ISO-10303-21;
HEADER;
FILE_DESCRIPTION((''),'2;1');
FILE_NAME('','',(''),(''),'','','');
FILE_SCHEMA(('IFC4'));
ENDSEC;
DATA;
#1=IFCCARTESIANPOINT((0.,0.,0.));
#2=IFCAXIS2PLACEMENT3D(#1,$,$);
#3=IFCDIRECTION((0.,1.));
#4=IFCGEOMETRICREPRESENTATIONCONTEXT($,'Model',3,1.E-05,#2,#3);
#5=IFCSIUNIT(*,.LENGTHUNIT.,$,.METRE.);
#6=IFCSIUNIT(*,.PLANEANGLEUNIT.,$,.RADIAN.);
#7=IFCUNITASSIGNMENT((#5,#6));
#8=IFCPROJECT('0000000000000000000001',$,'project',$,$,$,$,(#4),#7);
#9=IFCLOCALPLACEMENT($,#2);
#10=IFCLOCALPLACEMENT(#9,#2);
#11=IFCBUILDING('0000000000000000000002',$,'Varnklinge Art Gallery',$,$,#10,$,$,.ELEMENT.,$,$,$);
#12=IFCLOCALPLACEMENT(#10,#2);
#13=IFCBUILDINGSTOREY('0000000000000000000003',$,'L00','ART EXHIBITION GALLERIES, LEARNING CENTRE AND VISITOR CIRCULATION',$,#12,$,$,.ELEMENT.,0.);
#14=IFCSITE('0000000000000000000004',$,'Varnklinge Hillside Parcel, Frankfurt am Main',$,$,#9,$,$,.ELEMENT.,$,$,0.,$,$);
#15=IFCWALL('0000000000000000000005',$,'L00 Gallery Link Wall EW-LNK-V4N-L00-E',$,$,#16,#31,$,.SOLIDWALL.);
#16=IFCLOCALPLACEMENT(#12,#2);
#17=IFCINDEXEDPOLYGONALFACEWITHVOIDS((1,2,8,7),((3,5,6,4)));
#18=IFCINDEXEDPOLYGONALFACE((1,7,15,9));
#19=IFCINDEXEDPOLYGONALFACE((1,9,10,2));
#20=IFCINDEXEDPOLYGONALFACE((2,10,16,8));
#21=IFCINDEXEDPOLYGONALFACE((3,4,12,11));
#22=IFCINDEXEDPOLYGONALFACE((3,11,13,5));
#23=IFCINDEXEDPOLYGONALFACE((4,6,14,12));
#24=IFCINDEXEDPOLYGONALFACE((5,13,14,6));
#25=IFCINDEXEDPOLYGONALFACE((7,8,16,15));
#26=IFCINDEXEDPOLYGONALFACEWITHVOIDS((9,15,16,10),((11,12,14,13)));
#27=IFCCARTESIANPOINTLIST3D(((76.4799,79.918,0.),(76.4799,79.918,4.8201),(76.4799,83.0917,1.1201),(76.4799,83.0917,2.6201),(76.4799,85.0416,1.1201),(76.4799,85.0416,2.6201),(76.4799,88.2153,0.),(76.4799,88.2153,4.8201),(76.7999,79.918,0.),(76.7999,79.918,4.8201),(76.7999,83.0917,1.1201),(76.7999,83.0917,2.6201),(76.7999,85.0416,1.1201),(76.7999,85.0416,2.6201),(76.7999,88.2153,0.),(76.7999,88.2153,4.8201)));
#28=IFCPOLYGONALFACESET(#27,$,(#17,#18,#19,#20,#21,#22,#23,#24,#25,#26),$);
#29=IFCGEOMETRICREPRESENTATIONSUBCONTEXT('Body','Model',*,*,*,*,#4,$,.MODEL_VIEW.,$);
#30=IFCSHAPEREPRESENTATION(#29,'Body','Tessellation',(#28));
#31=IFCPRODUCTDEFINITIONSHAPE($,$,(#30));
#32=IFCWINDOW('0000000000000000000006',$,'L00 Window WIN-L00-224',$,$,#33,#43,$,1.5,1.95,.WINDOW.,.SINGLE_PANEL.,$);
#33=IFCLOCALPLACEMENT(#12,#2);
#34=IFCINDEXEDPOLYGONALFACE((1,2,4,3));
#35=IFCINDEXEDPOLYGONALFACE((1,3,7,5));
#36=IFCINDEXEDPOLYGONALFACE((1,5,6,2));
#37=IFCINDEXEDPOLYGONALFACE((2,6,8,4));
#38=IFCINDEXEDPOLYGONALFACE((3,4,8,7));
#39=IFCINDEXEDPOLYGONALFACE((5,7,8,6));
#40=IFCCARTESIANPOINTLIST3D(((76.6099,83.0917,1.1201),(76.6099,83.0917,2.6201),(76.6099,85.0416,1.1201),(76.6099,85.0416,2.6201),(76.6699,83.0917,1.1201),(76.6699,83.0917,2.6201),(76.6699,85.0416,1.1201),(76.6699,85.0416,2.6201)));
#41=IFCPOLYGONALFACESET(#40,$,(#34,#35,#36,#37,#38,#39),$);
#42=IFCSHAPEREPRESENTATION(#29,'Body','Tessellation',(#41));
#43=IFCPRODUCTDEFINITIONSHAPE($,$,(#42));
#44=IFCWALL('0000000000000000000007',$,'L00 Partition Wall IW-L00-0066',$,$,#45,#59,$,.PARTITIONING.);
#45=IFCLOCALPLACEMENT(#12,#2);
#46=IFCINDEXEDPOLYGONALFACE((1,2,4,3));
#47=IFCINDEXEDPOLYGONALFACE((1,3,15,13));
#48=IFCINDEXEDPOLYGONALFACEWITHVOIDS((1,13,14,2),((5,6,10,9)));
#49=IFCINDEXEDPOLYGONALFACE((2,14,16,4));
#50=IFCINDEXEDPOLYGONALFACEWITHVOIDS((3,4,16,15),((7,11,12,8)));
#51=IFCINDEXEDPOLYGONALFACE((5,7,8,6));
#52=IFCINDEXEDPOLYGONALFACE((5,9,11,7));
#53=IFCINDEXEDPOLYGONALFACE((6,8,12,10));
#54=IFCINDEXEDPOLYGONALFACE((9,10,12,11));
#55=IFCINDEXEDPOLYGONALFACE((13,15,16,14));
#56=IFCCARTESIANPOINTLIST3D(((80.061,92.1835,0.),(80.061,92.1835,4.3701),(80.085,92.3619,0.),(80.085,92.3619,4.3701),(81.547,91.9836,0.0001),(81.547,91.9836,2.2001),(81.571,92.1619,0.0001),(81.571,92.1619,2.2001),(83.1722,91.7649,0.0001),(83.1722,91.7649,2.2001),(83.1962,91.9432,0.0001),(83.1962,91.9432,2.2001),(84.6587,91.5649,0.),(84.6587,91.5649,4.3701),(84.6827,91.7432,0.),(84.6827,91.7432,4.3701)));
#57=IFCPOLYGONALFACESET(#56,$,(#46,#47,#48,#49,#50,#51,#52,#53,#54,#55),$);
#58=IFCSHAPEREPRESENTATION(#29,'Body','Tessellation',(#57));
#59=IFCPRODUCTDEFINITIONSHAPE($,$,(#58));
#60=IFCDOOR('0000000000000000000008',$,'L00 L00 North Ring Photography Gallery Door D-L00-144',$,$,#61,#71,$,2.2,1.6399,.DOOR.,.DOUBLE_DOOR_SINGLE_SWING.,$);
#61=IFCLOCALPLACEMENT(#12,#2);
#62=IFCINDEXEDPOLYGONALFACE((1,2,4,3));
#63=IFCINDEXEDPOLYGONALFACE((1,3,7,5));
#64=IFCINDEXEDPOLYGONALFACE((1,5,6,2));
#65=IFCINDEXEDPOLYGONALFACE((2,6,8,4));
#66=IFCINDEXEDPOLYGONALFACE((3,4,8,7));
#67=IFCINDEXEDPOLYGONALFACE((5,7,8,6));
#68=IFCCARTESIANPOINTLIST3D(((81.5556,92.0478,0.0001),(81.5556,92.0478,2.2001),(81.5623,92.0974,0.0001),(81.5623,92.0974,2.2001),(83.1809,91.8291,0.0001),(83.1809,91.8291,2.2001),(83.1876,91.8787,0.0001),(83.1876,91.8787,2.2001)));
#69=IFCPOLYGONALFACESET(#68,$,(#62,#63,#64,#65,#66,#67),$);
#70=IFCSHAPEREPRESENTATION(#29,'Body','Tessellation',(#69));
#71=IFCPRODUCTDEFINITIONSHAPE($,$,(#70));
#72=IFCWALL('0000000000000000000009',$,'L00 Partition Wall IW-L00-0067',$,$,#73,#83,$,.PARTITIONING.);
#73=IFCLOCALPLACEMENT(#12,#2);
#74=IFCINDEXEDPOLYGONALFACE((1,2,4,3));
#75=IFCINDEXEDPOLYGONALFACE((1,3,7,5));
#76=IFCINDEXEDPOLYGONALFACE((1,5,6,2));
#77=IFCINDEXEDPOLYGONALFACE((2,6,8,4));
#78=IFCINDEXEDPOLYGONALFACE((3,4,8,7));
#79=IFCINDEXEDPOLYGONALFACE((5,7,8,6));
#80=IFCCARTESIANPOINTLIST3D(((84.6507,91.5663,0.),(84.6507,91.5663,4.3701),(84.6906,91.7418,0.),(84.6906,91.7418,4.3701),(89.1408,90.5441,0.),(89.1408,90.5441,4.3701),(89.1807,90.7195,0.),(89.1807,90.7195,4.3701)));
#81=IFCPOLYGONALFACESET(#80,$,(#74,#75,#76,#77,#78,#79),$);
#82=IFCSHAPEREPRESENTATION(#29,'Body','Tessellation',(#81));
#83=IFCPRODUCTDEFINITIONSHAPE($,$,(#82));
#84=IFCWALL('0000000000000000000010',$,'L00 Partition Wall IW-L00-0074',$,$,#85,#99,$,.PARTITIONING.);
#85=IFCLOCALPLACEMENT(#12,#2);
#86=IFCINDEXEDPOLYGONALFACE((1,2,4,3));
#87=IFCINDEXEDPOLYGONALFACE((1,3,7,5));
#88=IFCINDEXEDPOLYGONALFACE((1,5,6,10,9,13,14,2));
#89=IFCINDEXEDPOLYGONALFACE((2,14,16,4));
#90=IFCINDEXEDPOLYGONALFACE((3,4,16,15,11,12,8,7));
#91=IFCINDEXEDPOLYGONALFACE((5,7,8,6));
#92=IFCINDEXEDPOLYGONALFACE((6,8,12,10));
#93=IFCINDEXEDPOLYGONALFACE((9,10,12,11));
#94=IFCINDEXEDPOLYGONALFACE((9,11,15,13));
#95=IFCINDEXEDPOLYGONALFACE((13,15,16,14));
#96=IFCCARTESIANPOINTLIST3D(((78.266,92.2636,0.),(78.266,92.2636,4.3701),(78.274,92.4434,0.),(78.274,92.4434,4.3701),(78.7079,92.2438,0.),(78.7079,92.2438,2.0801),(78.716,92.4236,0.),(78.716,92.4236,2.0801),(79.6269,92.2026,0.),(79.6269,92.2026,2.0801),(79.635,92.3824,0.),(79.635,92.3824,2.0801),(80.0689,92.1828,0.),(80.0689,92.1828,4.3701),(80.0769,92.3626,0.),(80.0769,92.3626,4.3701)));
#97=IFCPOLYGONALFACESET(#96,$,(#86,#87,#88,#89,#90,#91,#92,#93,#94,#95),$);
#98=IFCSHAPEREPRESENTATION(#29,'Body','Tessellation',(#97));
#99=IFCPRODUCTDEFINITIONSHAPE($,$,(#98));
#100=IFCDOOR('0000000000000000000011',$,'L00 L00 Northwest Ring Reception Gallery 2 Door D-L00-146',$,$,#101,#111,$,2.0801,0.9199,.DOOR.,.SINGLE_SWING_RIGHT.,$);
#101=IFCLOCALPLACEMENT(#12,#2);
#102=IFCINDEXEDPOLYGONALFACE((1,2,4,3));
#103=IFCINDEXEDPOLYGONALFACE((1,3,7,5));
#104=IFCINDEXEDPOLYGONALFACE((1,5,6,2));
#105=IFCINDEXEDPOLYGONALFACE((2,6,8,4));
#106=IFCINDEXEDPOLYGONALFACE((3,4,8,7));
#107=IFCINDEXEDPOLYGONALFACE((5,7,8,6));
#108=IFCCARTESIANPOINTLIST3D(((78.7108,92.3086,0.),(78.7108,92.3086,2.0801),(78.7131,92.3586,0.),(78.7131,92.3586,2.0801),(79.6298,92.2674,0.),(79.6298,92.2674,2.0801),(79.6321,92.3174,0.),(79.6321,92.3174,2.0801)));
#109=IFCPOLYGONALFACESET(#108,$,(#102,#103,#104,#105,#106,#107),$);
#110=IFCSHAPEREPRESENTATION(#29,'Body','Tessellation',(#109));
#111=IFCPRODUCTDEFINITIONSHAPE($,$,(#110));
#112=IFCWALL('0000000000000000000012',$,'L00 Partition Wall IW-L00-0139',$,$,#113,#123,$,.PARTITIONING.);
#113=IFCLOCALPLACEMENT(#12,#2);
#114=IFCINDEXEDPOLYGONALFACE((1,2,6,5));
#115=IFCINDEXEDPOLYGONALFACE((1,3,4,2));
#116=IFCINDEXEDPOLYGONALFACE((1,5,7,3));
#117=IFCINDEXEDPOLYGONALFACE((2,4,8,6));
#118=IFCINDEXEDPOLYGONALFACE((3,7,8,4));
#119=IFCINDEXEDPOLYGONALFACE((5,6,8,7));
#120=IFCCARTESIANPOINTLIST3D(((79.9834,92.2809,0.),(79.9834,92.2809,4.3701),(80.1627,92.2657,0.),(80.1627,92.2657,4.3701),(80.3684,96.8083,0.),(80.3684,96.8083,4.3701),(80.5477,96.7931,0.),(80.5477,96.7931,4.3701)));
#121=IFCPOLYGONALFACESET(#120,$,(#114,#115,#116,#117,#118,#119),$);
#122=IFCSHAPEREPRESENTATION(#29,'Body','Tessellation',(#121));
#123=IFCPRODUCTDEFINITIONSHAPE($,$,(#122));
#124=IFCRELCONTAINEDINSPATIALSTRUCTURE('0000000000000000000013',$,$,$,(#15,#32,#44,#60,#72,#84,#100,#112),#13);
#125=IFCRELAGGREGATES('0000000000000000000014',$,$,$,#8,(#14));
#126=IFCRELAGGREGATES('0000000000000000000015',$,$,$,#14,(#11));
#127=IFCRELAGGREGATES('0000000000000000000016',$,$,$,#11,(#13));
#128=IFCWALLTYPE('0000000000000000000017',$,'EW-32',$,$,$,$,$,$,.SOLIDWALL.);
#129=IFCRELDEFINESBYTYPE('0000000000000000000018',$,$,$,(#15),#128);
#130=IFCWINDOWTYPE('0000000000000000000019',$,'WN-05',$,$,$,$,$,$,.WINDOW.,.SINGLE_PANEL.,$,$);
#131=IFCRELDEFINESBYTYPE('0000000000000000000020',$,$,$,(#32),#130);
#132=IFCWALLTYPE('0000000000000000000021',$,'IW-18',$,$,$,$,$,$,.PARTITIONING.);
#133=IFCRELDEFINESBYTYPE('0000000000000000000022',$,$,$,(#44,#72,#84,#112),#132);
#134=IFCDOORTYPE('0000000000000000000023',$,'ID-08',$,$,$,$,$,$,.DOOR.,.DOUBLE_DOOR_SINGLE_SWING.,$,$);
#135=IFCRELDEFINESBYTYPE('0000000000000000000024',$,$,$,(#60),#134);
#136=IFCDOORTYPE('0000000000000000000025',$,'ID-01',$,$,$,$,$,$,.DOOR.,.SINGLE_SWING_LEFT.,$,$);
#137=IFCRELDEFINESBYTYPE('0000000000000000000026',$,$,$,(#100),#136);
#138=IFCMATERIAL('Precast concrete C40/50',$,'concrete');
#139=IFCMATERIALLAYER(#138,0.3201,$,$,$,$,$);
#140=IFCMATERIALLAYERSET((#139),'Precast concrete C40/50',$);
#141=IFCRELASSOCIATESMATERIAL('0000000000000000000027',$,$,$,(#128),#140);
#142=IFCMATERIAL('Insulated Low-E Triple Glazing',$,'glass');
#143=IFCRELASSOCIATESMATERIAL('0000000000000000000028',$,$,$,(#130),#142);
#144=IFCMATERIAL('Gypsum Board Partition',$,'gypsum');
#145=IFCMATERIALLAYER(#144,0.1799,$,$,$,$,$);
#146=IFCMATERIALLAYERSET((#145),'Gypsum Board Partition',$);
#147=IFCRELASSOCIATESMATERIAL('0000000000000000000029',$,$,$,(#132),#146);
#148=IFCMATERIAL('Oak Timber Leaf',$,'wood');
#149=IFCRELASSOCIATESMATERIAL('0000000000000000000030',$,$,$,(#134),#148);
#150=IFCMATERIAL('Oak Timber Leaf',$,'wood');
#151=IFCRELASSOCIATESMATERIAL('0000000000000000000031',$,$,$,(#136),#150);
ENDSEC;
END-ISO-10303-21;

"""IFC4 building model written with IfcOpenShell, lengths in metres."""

from ifc_helpers import new_model, si_unit, direction, frame, frame_2d, origin, place, context, subcontext, project, spatial, rectangle, extrude, material, layer, layer_set, type_object, element, fill, save


model = new_model("IFC4")

# Units and contexts
model_context = context("Model", 3, precision=1e-05, world=origin(), true_north=direction((0.0, 1.0)))
body_context = subcontext(model_context, "Body", "Model", "MODEL_VIEW")
ifc_project = project(units=[si_unit("LENGTHUNIT", "METRE"), si_unit("PLANEANGLEUNIT", "RADIAN")], contexts=[model_context])

# Site, building, storey
site_placement = place(None, origin())
site = spatial("IfcSite", under=ifc_project, at=site_placement, Name="Varnklinge Hillside Parcel, Frankfurt am Main", CompositionType="ELEMENT", RefElevation=0.0)
building_placement = place(site_placement, origin())
building = spatial("IfcBuilding", under=site, at=building_placement, Name="Varnklinge Art Gallery", CompositionType="ELEMENT")
storey_placement = place(building_placement, origin())
storey = spatial("IfcBuildingStorey", under=building, at=storey_placement, Name="L00", Description="ART EXHIBITION GALLERIES, LEARNING CENTRE AND VISITOR CIRCULATION", CompositionType="ELEMENT", Elevation=0.0)

# Shared definitions
ifc_material_1 = material(Name="Precast concrete C40/50", Category="concrete")
ifc_layer_1 = layer(ifc_material_1, 0.3201)
ifc_layer_set_1 = layer_set([ifc_layer_1], Name="Precast concrete C40/50")
wall_type_1 = type_object("IfcWallType", Name="EW-32", PredefinedType="SOLIDWALL", material=ifc_layer_set_1)

# Wall, opening, window
wall_1_placement = place(storey_placement, frame((76.6399, 88.2153, 0.0), z_axis=(0.0, 0.0, 1.0), x_axis=(0.0, -1.0, 0.0)))
wall_1 = element("IfcWall", 1, at=wall_1_placement, inside=storey, type_object=wall_type_1, Name="L00 Gallery Link Wall EW-LNK-V4N-L00-E", PredefinedType="SOLIDWALL", context=body_context, shape_type="SweptSolid", body=[
    extrude(rectangle(XDim=8.2974, YDim=0.3201, at=frame_2d((4.1487, 0.0))), origin(), (0.0, 0.0, 1.0), 4.8201),
])
opening_1_placement = place(wall_1_placement, frame((3.1736, 0.0, 1.1201)))
opening_1 = element("IfcOpeningElement", 2, at=opening_1_placement, cuts=wall_1, PredefinedType="OPENING", context=body_context, shape_type="SweptSolid", body=[
    extrude(rectangle(XDim=1.95, YDim=1.5, at=frame_2d((0.9751, 0.75))), frame((0.0, 0.1702, 0.0), z_axis=(0.0, -1.0, 0.0), x_axis=(1.0, 0.0, 0.0)), (0.0, 0.0, 1.0), 0.3401),
])
ifc_material_2 = material(Name="Insulated Low-E Triple Glazing", Category="glass")
window_type = type_object("IfcWindowType", Name="WN-05", PartitioningType="SINGLE_PANEL", PredefinedType="WINDOW", material=ifc_material_2)
window_placement = place(opening_1_placement, origin())
window = element("IfcWindow", 3, at=window_placement, inside=storey, type_object=window_type, Name="L00 Window WIN-L00-224", OverallHeight=1.5, OverallWidth=1.95, PartitioningType="SINGLE_PANEL", PredefinedType="WINDOW", context=body_context, shape_type="SweptSolid", body=[
    extrude(rectangle(XDim=1.95, YDim=1.5, at=frame_2d((0.9751, 0.75))), frame((0.0, 0.03, 0.0), z_axis=(0.0, -1.0, 0.0), x_axis=(1.0, 0.0, 0.0)), (0.0, 0.0, 1.0), 0.0601),
])
fill(opening_1, window)

# Wall, opening, door
ifc_material_3 = material(Name="Gypsum Board Partition", Category="gypsum")
ifc_layer_2 = layer(ifc_material_3, 0.1799)
ifc_layer_set_2 = layer_set([ifc_layer_2], Name="Gypsum Board Partition")
wall_type_2 = type_object("IfcWallType", Name="IW-18", PredefinedType="PARTITIONING", material=ifc_layer_set_2)
wall_2_placement = place(storey_placement, frame((80.073, 92.2727, 0.0), z_axis=(0.0, 0.0, 1.0), x_axis=(0.991068, -0.133356, 0.0)))
wall_2 = element("IfcWall", 4, at=wall_2_placement, inside=storey, type_object=wall_type_2, Name="L00 Partition Wall IW-L00-0066", PredefinedType="PARTITIONING", context=body_context, shape_type="SweptSolid", body=[
    extrude(rectangle(XDim=4.6392, YDim=0.1799, at=frame_2d((2.3196, 0.0))), origin(), (0.0, 0.0, 1.0), 4.3701),
])
opening_2_placement = place(wall_2_placement, frame((1.4995, 0.0, 0.0)))
opening_2 = element("IfcOpeningElement", 5, at=opening_2_placement, cuts=wall_2, PredefinedType="OPENING", context=body_context, shape_type="SweptSolid", body=[
    extrude(rectangle(XDim=1.6399, YDim=2.2, at=frame_2d((0.8198, 1.1001))), frame((0.0, 0.0999, 0.0), z_axis=(0.0, -1.0, 0.0), x_axis=(1.0, 0.0, 0.0)), (0.0, 0.0, 1.0), 0.2),
])
ifc_material_4 = material(Name="Oak Timber Leaf", Category="wood")
door_type_1 = type_object("IfcDoorType", Name="ID-08", OperationType="DOUBLE_DOOR_SINGLE_SWING", PredefinedType="DOOR", material=ifc_material_4)
door_1_placement = place(opening_2_placement, origin())
door_1 = element("IfcDoor", 6, at=door_1_placement, inside=storey, type_object=door_type_1, Name="L00 L00 North Ring Photography Gallery Door D-L00-144", OperationType="DOUBLE_DOOR_SINGLE_SWING", OverallHeight=2.2, OverallWidth=1.6399, PredefinedType="DOOR", context=body_context, shape_type="SweptSolid", body=[
    extrude(rectangle(XDim=1.6399, YDim=2.2, at=frame_2d((0.8198, 1.1001))), frame((0.0, 0.0249, 0.0), z_axis=(0.0, -1.0, 0.0), x_axis=(1.0, 0.0, 0.0)), (0.0, 0.0, 1.0), 0.05),
])
fill(opening_2, door_1)

# Wall
wall_3_placement = place(storey_placement, frame((84.6707, 91.6541, 0.0), z_axis=(0.0, 0.0, 1.0), x_axis=(0.97505, -0.221985, 0.0)))
element("IfcWall", 7, at=wall_3_placement, inside=storey, type_object=wall_type_2, Name="L00 Partition Wall IW-L00-0067", PredefinedType="PARTITIONING", context=body_context, shape_type="SweptSolid", body=[
    extrude(rectangle(XDim=4.605, YDim=0.1799, at=frame_2d((2.3025, 0.0))), origin(), (0.0, 0.0, 1.0), 4.3701),
])

# Wall, opening, door
wall_4_placement = place(storey_placement, frame((78.27, 92.3535, 0.0), z_axis=(0.0, 0.0, 1.0), x_axis=(0.998997, -0.044776, 0.0)))
wall_4 = element("IfcWall", 8, at=wall_4_placement, inside=storey, type_object=wall_type_2, Name="L00 Partition Wall IW-L00-0074", PredefinedType="PARTITIONING", context=body_context, shape_type="SweptSolid", body=[
    extrude(rectangle(XDim=1.8047, YDim=0.1799, at=frame_2d((0.9023, 0.0))), origin(), (0.0, 0.0, 1.0), 4.3701),
])
opening_3_placement = place(wall_4_placement, frame((0.4424, 0.0, 0.0)))
opening_3 = element("IfcOpeningElement", 9, at=opening_3_placement, cuts=wall_4, PredefinedType="OPENING", context=body_context, shape_type="SweptSolid", body=[
    extrude(rectangle(XDim=0.9199, YDim=2.0801, at=frame_2d((0.46, 1.04))), frame((0.0, 0.0999, 0.0), z_axis=(0.0, -1.0, 0.0), x_axis=(1.0, 0.0, 0.0)), (0.0, 0.0, 1.0), 0.2),
])
ifc_material_5 = material(Name="Oak Timber Leaf", Category="wood")
door_type_2 = type_object("IfcDoorType", Name="ID-01", OperationType="SINGLE_SWING_LEFT", PredefinedType="DOOR", material=ifc_material_5)
door_2_placement = place(opening_3_placement, origin())
door_2 = element("IfcDoor", 10, at=door_2_placement, inside=storey, type_object=door_type_2, Name="L00 L00 Northwest Ring Reception Gallery 2 Door D-L00-146", OperationType="SINGLE_SWING_RIGHT", OverallHeight=2.0801, OverallWidth=0.9199, PredefinedType="DOOR", context=body_context, shape_type="SweptSolid", body=[
    extrude(rectangle(XDim=0.9199, YDim=2.0801, at=frame_2d((0.46, 1.04))), frame((0.0, 0.0249, 0.0), z_axis=(0.0, -1.0, 0.0), x_axis=(1.0, 0.0, 0.0)), (0.0, 0.0, 1.0), 0.05),
])
fill(opening_3, door_2)

# Wall
wall_5_placement = place(storey_placement, frame((80.073, 92.2732, 0.0), z_axis=(0.0, 0.0, 1.0), x_axis=(0.084735, 0.996404, 0.0)))
element("IfcWall", 11, at=wall_5_placement, inside=storey, type_object=wall_type_2, Name="L00 Partition Wall IW-L00-0139", PredefinedType="PARTITIONING", context=body_context, shape_type="SweptSolid", body=[
    extrude(rectangle(XDim=4.5437, YDim=0.1799, at=frame_2d((2.272, 0.0))), origin(), (0.0, 0.0, 1.0), 4.3701),
])

save(model, "model.ifc")
